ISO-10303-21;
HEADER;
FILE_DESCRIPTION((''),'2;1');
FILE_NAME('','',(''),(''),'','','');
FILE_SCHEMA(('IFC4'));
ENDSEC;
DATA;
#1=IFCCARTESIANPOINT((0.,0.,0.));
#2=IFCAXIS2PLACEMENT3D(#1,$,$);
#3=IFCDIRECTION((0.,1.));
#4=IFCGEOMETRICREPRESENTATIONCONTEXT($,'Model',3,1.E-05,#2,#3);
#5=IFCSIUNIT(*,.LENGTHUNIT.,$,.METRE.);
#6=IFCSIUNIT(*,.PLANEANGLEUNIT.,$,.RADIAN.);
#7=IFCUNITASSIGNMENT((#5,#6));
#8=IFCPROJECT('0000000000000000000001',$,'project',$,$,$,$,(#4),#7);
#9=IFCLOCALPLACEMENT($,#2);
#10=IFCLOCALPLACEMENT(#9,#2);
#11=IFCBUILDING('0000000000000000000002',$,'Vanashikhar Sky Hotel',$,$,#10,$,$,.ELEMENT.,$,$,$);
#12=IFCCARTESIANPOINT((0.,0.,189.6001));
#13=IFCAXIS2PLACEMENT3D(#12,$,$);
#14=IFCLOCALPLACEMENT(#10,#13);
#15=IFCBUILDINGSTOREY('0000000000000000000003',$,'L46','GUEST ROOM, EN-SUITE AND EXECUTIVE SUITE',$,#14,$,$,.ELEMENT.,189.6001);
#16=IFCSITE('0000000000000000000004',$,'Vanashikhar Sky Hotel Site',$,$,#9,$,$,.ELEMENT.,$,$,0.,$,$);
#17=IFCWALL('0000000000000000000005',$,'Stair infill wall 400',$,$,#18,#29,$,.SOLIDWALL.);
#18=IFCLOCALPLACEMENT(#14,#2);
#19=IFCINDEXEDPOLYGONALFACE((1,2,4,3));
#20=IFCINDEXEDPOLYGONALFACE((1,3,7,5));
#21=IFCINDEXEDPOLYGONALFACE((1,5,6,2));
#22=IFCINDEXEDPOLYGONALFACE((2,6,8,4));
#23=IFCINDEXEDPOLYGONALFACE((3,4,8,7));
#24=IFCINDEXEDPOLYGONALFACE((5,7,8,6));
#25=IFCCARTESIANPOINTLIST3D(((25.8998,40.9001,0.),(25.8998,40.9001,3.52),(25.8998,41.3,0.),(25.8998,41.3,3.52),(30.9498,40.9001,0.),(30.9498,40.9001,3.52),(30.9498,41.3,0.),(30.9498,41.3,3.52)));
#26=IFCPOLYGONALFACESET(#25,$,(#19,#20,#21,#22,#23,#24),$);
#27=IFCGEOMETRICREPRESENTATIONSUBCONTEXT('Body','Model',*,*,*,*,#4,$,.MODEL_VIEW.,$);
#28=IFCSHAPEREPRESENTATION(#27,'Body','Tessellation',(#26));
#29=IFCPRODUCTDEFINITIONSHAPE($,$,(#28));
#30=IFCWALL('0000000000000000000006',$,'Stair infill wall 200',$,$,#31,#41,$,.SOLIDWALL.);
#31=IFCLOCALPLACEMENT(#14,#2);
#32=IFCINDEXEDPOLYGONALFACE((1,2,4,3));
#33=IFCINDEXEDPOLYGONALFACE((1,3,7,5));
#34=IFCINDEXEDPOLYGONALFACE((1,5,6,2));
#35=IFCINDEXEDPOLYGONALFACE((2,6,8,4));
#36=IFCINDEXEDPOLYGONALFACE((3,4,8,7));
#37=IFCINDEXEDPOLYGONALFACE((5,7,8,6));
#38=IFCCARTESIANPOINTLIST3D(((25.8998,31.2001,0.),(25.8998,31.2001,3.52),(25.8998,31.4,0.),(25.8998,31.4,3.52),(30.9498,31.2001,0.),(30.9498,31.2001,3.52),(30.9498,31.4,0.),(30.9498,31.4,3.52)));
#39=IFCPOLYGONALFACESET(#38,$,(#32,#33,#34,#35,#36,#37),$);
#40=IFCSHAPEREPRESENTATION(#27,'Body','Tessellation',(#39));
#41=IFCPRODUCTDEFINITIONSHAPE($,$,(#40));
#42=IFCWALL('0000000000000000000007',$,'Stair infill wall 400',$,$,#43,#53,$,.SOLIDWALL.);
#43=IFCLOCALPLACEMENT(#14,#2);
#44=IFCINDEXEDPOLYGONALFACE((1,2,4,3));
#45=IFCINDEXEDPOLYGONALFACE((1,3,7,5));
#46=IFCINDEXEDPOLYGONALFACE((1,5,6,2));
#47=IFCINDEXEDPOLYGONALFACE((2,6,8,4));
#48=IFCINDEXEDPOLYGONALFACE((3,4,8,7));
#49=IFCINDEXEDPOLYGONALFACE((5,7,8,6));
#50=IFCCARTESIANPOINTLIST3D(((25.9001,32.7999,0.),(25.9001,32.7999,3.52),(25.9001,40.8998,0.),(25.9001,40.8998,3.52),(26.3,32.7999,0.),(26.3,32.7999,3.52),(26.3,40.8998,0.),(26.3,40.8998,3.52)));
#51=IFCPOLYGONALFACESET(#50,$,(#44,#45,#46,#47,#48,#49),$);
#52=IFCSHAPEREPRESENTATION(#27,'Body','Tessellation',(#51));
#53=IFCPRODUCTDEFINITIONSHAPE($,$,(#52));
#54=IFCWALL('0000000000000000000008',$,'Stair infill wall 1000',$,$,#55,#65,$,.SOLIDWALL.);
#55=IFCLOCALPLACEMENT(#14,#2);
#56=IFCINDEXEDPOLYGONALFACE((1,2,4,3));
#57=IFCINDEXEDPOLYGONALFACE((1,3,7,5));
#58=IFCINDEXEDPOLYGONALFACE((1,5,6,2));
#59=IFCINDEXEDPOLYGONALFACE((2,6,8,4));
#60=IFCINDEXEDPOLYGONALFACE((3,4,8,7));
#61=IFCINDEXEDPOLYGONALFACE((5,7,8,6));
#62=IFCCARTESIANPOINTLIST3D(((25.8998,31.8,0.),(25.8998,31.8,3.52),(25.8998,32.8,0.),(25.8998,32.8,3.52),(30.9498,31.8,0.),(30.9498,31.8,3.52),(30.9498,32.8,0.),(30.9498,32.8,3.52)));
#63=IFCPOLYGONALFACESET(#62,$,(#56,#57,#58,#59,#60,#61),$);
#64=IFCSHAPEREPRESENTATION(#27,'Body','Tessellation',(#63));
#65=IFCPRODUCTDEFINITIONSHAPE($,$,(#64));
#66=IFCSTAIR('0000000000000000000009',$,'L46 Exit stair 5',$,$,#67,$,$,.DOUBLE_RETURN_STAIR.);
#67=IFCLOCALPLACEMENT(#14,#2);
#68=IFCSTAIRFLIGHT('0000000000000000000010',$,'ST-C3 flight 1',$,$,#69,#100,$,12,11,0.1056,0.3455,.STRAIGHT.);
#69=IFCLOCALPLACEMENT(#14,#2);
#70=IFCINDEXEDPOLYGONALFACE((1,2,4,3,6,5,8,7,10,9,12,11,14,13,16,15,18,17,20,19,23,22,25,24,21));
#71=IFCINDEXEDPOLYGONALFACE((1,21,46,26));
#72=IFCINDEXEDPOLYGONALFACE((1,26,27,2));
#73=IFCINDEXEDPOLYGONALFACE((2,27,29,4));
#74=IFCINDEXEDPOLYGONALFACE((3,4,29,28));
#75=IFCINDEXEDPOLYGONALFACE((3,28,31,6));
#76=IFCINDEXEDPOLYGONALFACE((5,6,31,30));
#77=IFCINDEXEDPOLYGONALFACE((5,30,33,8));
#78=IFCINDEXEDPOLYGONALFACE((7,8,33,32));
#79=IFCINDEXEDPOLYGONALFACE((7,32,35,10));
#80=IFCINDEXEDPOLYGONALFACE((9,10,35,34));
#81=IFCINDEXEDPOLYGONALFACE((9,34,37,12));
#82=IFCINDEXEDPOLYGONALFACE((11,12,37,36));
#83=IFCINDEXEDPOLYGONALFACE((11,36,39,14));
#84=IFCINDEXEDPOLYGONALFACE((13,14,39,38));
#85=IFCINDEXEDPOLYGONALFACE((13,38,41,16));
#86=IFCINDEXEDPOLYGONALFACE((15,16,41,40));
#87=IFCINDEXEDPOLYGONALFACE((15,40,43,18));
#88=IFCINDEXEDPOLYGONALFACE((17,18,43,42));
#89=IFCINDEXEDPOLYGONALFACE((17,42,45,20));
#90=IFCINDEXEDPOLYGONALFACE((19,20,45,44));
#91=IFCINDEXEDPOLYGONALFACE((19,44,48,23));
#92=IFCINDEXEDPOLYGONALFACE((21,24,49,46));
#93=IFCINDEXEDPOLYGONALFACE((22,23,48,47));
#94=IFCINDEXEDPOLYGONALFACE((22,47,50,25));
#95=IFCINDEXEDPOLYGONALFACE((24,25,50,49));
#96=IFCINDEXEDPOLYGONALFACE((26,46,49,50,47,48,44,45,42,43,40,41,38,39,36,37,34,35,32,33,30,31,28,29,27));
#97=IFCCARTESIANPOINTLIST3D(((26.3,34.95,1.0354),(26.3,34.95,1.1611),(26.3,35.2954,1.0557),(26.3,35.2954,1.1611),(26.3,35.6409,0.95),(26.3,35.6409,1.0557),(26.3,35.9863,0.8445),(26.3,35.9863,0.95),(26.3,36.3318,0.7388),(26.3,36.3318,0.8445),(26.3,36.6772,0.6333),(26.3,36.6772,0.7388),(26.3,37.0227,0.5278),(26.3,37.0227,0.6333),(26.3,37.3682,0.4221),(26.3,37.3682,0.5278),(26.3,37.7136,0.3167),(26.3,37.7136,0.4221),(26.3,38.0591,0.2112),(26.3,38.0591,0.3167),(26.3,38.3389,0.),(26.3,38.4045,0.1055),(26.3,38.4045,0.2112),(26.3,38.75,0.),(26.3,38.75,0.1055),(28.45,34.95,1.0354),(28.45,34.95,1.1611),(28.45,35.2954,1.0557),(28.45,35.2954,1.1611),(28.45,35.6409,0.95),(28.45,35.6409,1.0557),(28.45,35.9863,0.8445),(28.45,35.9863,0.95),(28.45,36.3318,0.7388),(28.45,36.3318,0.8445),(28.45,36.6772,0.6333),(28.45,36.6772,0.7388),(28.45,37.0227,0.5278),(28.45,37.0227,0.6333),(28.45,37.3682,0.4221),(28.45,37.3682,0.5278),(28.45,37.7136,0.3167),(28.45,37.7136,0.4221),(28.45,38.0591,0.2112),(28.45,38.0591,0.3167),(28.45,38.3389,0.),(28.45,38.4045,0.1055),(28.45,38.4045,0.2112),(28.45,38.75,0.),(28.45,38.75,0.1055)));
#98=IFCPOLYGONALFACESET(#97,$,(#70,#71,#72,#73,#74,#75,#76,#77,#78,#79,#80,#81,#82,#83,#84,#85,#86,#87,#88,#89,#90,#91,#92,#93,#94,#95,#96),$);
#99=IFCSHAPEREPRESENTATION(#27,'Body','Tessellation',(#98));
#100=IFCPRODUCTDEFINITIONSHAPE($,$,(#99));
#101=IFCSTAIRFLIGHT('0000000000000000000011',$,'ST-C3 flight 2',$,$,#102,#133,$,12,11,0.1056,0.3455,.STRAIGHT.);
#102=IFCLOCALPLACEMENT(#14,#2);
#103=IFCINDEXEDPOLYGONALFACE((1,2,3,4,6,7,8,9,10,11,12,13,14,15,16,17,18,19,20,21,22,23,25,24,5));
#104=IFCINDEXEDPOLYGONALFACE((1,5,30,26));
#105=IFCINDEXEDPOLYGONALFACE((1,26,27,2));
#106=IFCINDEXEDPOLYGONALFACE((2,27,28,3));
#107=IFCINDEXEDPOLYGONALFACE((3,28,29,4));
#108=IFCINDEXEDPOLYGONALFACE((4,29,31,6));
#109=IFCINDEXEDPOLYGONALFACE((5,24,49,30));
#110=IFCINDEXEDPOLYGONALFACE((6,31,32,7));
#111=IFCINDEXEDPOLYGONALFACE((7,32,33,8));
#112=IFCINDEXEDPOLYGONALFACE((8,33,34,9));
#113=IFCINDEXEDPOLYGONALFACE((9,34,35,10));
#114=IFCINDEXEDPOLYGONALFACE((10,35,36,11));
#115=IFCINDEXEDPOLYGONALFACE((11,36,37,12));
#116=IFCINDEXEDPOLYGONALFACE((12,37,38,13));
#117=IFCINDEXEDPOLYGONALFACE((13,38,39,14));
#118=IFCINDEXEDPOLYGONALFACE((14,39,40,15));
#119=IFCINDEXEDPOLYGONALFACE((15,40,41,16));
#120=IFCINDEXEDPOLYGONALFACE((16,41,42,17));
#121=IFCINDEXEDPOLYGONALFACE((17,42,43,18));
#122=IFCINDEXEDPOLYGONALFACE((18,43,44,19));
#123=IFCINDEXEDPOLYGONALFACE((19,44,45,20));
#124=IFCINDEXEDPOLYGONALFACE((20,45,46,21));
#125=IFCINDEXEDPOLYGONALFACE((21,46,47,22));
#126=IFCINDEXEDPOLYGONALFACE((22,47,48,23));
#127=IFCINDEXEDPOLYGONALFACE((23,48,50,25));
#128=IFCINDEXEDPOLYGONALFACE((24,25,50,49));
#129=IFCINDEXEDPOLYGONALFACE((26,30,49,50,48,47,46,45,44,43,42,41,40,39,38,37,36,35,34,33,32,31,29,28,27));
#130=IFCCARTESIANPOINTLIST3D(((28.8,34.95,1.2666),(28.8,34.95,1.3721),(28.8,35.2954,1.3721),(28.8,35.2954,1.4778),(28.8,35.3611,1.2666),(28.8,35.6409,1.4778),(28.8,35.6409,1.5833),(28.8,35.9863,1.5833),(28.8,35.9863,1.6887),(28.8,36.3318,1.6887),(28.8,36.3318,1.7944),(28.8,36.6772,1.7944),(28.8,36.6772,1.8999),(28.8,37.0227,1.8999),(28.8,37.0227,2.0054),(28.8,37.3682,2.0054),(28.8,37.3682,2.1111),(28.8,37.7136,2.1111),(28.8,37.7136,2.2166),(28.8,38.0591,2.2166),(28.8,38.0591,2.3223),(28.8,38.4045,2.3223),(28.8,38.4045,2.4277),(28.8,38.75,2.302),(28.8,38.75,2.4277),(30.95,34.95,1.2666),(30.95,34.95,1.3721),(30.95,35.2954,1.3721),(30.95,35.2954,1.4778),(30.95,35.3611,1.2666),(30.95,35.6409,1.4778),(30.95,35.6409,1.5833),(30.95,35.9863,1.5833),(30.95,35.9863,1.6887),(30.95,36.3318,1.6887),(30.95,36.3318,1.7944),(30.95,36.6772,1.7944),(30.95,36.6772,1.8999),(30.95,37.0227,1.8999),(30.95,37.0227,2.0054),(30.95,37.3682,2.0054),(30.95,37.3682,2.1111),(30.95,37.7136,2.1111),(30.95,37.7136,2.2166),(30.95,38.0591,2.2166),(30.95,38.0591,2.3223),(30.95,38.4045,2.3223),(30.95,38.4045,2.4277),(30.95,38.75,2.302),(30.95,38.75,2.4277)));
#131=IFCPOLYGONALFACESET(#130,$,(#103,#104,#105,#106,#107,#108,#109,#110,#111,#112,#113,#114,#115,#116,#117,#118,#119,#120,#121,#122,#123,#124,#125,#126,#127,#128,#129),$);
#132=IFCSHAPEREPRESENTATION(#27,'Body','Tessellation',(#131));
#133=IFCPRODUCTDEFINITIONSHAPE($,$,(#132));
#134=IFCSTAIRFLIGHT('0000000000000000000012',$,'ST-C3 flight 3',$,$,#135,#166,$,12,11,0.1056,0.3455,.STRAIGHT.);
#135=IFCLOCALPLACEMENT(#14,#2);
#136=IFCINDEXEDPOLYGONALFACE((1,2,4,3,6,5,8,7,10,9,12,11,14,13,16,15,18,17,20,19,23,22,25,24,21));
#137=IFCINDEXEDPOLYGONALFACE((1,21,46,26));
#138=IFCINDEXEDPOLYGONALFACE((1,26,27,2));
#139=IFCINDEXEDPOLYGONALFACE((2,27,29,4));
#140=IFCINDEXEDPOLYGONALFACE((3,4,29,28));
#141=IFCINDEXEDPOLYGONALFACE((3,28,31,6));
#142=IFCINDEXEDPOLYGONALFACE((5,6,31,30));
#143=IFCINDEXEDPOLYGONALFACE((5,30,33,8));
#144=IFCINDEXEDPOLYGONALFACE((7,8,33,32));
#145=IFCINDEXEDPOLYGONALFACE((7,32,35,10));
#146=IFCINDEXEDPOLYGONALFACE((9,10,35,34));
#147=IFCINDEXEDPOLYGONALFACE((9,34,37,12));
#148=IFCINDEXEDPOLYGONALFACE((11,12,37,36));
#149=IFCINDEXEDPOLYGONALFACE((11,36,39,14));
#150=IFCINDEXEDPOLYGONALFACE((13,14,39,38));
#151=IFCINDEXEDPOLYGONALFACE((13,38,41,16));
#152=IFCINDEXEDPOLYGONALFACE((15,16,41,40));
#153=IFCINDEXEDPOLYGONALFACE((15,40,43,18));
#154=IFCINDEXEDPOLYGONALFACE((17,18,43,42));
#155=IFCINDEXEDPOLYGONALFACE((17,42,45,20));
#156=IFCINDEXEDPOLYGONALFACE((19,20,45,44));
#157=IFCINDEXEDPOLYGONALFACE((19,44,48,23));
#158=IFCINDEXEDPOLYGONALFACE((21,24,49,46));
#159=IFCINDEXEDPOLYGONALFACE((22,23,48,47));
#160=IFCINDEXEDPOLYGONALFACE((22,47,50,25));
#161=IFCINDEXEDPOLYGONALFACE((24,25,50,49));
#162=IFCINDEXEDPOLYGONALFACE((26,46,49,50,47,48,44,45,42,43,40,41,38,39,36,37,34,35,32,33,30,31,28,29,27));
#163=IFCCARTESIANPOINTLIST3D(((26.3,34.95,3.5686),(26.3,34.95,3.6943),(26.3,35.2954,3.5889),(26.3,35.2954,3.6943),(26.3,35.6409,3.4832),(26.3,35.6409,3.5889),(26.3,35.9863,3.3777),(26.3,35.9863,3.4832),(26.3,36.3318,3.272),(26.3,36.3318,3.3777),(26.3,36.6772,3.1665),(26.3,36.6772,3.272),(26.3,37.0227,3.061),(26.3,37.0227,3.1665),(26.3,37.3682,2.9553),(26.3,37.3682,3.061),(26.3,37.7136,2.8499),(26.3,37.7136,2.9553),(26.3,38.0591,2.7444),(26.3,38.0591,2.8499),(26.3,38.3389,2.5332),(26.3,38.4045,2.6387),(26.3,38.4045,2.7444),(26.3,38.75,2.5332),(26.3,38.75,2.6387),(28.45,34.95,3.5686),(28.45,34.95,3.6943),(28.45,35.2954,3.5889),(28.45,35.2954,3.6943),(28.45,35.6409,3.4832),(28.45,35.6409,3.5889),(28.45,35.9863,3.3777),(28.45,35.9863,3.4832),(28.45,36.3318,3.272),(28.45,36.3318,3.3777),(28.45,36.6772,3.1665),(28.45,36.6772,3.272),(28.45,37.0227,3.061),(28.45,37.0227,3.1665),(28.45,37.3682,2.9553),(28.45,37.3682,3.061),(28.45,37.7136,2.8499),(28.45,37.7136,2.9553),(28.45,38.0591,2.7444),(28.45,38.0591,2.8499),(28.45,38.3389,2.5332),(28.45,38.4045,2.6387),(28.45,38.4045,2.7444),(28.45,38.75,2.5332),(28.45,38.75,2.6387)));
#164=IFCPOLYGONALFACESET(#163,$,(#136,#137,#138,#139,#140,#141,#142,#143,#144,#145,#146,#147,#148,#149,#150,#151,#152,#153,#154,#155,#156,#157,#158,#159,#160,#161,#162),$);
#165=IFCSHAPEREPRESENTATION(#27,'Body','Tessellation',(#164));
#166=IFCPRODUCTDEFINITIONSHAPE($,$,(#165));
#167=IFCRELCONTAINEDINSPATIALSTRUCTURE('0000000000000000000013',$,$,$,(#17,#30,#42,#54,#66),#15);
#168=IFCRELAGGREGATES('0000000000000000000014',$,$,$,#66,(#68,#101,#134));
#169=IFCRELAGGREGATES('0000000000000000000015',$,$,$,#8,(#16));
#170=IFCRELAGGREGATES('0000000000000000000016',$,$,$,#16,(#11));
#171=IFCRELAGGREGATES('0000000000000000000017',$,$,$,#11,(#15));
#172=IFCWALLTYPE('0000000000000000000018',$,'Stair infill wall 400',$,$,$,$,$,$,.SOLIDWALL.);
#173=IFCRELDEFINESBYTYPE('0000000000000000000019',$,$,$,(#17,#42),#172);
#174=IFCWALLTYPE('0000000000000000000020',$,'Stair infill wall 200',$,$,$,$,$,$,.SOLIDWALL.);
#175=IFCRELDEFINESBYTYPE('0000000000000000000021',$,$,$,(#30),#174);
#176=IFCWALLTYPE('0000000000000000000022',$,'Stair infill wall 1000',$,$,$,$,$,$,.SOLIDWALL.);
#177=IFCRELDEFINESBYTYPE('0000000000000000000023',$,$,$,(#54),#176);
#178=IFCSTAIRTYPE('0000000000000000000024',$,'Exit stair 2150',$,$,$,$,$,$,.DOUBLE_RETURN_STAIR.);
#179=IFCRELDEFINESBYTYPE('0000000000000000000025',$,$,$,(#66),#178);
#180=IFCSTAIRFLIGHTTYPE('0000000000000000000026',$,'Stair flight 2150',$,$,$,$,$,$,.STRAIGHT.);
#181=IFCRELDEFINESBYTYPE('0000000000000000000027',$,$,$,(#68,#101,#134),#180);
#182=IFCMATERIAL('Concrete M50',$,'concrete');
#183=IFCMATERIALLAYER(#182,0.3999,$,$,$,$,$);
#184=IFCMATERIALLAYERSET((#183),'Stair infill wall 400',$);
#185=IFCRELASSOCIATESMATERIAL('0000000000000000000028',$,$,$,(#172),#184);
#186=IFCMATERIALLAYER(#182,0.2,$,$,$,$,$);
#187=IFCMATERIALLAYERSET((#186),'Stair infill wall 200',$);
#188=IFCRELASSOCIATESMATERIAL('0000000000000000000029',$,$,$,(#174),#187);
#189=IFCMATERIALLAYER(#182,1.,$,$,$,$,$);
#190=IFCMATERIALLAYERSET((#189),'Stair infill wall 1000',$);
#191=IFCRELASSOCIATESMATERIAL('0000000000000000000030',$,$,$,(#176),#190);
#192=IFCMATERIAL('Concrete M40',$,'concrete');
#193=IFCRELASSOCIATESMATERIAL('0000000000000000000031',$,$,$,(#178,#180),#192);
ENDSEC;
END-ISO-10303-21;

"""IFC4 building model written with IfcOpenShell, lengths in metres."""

from ifc_helpers import new_model, si_unit, direction, frame, frame_2d, origin, place, context, subcontext, project, spatial, polyline, rectangle, outline, extrude, source, transform, mapped, material, layer, layer_set, type_object, element, aggregate, save


model = new_model("IFC4")

# Units and contexts
model_context = context("Model", 3, precision=1e-05, world=origin(), true_north=direction((0.0, 1.0)))
body_context = subcontext(model_context, "Body", "Model", "MODEL_VIEW")
ifc_project = project(units=[si_unit("LENGTHUNIT", "METRE"), si_unit("PLANEANGLEUNIT", "RADIAN")], contexts=[model_context])

# Site, building, storey
site_placement = place(None, origin())
site = spatial("IfcSite", under=ifc_project, at=site_placement, Name="Vanashikhar Sky Hotel Site", CompositionType="ELEMENT", RefElevation=0.0)
building_placement = place(site_placement, origin())
building = spatial("IfcBuilding", under=site, at=building_placement, Name="Vanashikhar Sky Hotel", CompositionType="ELEMENT")
storey_placement = place(building_placement, frame((0.0, 0.0, 189.6001)))
storey = spatial("IfcBuildingStorey", under=building, at=storey_placement, Name="L46", Description="GUEST ROOM, EN-SUITE AND EXECUTIVE SUITE", CompositionType="ELEMENT", Elevation=189.6001)

# Shared definitions
ifc_material_1 = material(Name="Concrete M50", Category="concrete")

# Shared definitions
ifc_material_2 = material(Name="Concrete M40", Category="concrete")

# Walls
ifc_layer_1 = layer(ifc_material_1, 0.3999)
ifc_layer_set_1 = layer_set([ifc_layer_1], Name="Stair infill wall 400")
wall_type_1 = type_object("IfcWallType", Name="Stair infill wall 400", PredefinedType="SOLIDWALL", material=ifc_layer_set_1)
shared_shape_1 = source(origin(), body_context, "Body", "SweptSolid", [
    extrude(rectangle(XDim=5.05, YDim=0.3999, at=frame_2d((2.5249, 0.0))), origin(), (0.0, 0.0, 1.0), 3.52),
])
wall_1_placement = place(storey_placement, frame((25.8999, 41.1001, 0.0), z_axis=(0.0, 0.0, 1.0), x_axis=(1.0, 0.0, 0.0)))
element("IfcWall", 1, at=wall_1_placement, inside=storey, type_object=wall_type_1, Name="Stair infill wall 400", PredefinedType="SOLIDWALL", context=body_context, shape_type="MappedRepresentation", body=[
    mapped(shared_shape_1, transform((0.0, 0.0, 0.0), scale=1.0)),
])
ifc_layer_2 = layer(ifc_material_1, 0.2)
ifc_layer_set_2 = layer_set([ifc_layer_2], Name="Stair infill wall 200")
wall_type_2 = type_object("IfcWallType", Name="Stair infill wall 200", PredefinedType="SOLIDWALL", material=ifc_layer_set_2)
shared_shape_2 = source(origin(), body_context, "Body", "SweptSolid", [
    extrude(rectangle(XDim=5.05, YDim=0.2, at=frame_2d((2.5249, 0.0))), origin(), (0.0, 0.0, 1.0), 3.52),
])
wall_2_placement = place(storey_placement, frame((25.8999, 31.3, 0.0), z_axis=(0.0, 0.0, 1.0), x_axis=(1.0, 0.0, 0.0)))
element("IfcWall", 2, at=wall_2_placement, inside=storey, type_object=wall_type_2, Name="Stair infill wall 200", PredefinedType="SOLIDWALL", context=body_context, shape_type="MappedRepresentation", body=[
    mapped(shared_shape_2, transform((0.0, 0.0, 0.0), scale=1.0)),
])
shared_shape_3 = source(origin(), body_context, "Body", "SweptSolid", [
    extrude(rectangle(XDim=8.0999, YDim=0.3999, at=frame_2d((4.0498, 0.0))), origin(), (0.0, 0.0, 1.0), 3.52),
])
wall_3_placement = place(storey_placement, frame((26.1001, 32.8, 0.0), z_axis=(0.0, 0.0, 1.0), x_axis=(0.0, 1.0, 0.0)))
element("IfcWall", 3, at=wall_3_placement, inside=storey, type_object=wall_type_1, Name="Stair infill wall 400", PredefinedType="SOLIDWALL", context=body_context, shape_type="MappedRepresentation", body=[
    mapped(shared_shape_3, transform((0.0, 0.0, 0.0), scale=1.0)),
])
ifc_layer_3 = layer(ifc_material_1, 1.0)
ifc_layer_set_3 = layer_set([ifc_layer_3], Name="Stair infill wall 1000")
wall_type_3 = type_object("IfcWallType", Name="Stair infill wall 1000", PredefinedType="SOLIDWALL", material=ifc_layer_set_3)
shared_shape_4 = source(origin(), body_context, "Body", "SweptSolid", [
    extrude(rectangle(XDim=5.05, YDim=1.0, at=frame_2d((2.5249, 0.0))), origin(), (0.0, 0.0, 1.0), 3.52),
])
wall_4_placement = place(storey_placement, frame((25.8999, 32.3, 0.0), z_axis=(0.0, 0.0, 1.0), x_axis=(1.0, 0.0, 0.0)))
element("IfcWall", 4, at=wall_4_placement, inside=storey, type_object=wall_type_3, Name="Stair infill wall 1000", PredefinedType="SOLIDWALL", context=body_context, shape_type="MappedRepresentation", body=[
    mapped(shared_shape_4, transform((0.0, 0.0, 0.0), scale=1.0)),
])

# Stair, stair flights
stair_type = type_object("IfcStairType", Name="Exit stair 2150", PredefinedType="DOUBLE_RETURN_STAIR", material=ifc_material_2)
stair_placement = place(storey_placement, origin())
stair = element("IfcStair", 5, at=stair_placement, inside=storey, type_object=stair_type, Name="L46 Exit stair 5", PredefinedType="DOUBLE_RETURN_STAIR")
stair_flight_type = type_object("IfcStairFlightType", Name="Stair flight 2150", PredefinedType="STRAIGHT", material=ifc_material_2)
shared_shape_5 = source(origin(), body_context, "Body", "SweptSolid", [
    extrude(outline(polyline([(0.0, 0.0), (0.0, 0.1055), (0.3455, 0.1055), (0.3455, 0.2112), (0.6909, 0.2112), (0.6909, 0.3167), (1.0364, 0.3167), (1.0364, 0.4221), (1.3818, 0.4221), (1.3818, 0.5278), (1.7273, 0.5278), (1.7273, 0.6333), (2.0728, 0.6333), (2.0728, 0.7388), (2.4182, 0.7388), (2.4182, 0.8445), (2.7637, 0.8445), (2.7637, 0.95), (3.1091, 0.95), (3.1091, 1.0557), (3.4546, 1.0557), (3.4546, 1.1611), (3.8, 1.1611), (3.8, 1.2666), (3.8, 1.0354), (0.4111, 0.0), (0.0, 0.0)])), frame((0.0, 1.075, 0.0), z_axis=(0.0, -1.0, 0.0), x_axis=(1.0, 0.0, 0.0)), (0.0, 0.0, 1.0), 2.1499),
])
stair_flight_1_placement = place(storey_placement, frame((27.375, 38.75, 0.0), z_axis=(0.0, 0.0, 1.0), x_axis=(0.0, -1.0, 0.0)))
stair_flight_1 = element("IfcStairFlight", 6, at=stair_flight_1_placement, type_object=stair_flight_type, Name="ST-C3 flight 1", NumberOfRisers=12, NumberOfTreads=11, PredefinedType="STRAIGHT", RiserHeight=0.1056, TreadLength=0.3455, context=body_context, shape_type="MappedRepresentation", body=[
    mapped(shared_shape_5, transform((0.0, 0.0, 0.0), scale=1.0)),
])
stair_flight_2_placement = place(storey_placement, frame((29.875, 34.95, 1.2666), z_axis=(0.0, 0.0, 1.0), x_axis=(0.0, 1.0, 0.0)))
stair_flight_2 = element("IfcStairFlight", 7, at=stair_flight_2_placement, type_object=stair_flight_type, Name="ST-C3 flight 2", NumberOfRisers=12, NumberOfTreads=11, PredefinedType="STRAIGHT", RiserHeight=0.1056, TreadLength=0.3455, context=body_context, shape_type="MappedRepresentation", body=[
    mapped(shared_shape_5, transform((0.0, 0.0, 0.0), scale=1.0)),
])
stair_flight_3_placement = place(storey_placement, frame((27.375, 38.75, 2.5332), z_axis=(0.0, 0.0, 1.0), x_axis=(0.0, -1.0, 0.0)))
stair_flight_3 = element("IfcStairFlight", 8, at=stair_flight_3_placement, type_object=stair_flight_type, Name="ST-C3 flight 3", NumberOfRisers=12, NumberOfTreads=11, PredefinedType="STRAIGHT", RiserHeight=0.1056, TreadLength=0.3455, context=body_context, shape_type="MappedRepresentation", body=[
    mapped(shared_shape_5, transform((0.0, 0.0, 0.0), scale=1.0)),
])
aggregate(stair, [stair_flight_1, stair_flight_2, stair_flight_3])

save(model, "model.ifc")
